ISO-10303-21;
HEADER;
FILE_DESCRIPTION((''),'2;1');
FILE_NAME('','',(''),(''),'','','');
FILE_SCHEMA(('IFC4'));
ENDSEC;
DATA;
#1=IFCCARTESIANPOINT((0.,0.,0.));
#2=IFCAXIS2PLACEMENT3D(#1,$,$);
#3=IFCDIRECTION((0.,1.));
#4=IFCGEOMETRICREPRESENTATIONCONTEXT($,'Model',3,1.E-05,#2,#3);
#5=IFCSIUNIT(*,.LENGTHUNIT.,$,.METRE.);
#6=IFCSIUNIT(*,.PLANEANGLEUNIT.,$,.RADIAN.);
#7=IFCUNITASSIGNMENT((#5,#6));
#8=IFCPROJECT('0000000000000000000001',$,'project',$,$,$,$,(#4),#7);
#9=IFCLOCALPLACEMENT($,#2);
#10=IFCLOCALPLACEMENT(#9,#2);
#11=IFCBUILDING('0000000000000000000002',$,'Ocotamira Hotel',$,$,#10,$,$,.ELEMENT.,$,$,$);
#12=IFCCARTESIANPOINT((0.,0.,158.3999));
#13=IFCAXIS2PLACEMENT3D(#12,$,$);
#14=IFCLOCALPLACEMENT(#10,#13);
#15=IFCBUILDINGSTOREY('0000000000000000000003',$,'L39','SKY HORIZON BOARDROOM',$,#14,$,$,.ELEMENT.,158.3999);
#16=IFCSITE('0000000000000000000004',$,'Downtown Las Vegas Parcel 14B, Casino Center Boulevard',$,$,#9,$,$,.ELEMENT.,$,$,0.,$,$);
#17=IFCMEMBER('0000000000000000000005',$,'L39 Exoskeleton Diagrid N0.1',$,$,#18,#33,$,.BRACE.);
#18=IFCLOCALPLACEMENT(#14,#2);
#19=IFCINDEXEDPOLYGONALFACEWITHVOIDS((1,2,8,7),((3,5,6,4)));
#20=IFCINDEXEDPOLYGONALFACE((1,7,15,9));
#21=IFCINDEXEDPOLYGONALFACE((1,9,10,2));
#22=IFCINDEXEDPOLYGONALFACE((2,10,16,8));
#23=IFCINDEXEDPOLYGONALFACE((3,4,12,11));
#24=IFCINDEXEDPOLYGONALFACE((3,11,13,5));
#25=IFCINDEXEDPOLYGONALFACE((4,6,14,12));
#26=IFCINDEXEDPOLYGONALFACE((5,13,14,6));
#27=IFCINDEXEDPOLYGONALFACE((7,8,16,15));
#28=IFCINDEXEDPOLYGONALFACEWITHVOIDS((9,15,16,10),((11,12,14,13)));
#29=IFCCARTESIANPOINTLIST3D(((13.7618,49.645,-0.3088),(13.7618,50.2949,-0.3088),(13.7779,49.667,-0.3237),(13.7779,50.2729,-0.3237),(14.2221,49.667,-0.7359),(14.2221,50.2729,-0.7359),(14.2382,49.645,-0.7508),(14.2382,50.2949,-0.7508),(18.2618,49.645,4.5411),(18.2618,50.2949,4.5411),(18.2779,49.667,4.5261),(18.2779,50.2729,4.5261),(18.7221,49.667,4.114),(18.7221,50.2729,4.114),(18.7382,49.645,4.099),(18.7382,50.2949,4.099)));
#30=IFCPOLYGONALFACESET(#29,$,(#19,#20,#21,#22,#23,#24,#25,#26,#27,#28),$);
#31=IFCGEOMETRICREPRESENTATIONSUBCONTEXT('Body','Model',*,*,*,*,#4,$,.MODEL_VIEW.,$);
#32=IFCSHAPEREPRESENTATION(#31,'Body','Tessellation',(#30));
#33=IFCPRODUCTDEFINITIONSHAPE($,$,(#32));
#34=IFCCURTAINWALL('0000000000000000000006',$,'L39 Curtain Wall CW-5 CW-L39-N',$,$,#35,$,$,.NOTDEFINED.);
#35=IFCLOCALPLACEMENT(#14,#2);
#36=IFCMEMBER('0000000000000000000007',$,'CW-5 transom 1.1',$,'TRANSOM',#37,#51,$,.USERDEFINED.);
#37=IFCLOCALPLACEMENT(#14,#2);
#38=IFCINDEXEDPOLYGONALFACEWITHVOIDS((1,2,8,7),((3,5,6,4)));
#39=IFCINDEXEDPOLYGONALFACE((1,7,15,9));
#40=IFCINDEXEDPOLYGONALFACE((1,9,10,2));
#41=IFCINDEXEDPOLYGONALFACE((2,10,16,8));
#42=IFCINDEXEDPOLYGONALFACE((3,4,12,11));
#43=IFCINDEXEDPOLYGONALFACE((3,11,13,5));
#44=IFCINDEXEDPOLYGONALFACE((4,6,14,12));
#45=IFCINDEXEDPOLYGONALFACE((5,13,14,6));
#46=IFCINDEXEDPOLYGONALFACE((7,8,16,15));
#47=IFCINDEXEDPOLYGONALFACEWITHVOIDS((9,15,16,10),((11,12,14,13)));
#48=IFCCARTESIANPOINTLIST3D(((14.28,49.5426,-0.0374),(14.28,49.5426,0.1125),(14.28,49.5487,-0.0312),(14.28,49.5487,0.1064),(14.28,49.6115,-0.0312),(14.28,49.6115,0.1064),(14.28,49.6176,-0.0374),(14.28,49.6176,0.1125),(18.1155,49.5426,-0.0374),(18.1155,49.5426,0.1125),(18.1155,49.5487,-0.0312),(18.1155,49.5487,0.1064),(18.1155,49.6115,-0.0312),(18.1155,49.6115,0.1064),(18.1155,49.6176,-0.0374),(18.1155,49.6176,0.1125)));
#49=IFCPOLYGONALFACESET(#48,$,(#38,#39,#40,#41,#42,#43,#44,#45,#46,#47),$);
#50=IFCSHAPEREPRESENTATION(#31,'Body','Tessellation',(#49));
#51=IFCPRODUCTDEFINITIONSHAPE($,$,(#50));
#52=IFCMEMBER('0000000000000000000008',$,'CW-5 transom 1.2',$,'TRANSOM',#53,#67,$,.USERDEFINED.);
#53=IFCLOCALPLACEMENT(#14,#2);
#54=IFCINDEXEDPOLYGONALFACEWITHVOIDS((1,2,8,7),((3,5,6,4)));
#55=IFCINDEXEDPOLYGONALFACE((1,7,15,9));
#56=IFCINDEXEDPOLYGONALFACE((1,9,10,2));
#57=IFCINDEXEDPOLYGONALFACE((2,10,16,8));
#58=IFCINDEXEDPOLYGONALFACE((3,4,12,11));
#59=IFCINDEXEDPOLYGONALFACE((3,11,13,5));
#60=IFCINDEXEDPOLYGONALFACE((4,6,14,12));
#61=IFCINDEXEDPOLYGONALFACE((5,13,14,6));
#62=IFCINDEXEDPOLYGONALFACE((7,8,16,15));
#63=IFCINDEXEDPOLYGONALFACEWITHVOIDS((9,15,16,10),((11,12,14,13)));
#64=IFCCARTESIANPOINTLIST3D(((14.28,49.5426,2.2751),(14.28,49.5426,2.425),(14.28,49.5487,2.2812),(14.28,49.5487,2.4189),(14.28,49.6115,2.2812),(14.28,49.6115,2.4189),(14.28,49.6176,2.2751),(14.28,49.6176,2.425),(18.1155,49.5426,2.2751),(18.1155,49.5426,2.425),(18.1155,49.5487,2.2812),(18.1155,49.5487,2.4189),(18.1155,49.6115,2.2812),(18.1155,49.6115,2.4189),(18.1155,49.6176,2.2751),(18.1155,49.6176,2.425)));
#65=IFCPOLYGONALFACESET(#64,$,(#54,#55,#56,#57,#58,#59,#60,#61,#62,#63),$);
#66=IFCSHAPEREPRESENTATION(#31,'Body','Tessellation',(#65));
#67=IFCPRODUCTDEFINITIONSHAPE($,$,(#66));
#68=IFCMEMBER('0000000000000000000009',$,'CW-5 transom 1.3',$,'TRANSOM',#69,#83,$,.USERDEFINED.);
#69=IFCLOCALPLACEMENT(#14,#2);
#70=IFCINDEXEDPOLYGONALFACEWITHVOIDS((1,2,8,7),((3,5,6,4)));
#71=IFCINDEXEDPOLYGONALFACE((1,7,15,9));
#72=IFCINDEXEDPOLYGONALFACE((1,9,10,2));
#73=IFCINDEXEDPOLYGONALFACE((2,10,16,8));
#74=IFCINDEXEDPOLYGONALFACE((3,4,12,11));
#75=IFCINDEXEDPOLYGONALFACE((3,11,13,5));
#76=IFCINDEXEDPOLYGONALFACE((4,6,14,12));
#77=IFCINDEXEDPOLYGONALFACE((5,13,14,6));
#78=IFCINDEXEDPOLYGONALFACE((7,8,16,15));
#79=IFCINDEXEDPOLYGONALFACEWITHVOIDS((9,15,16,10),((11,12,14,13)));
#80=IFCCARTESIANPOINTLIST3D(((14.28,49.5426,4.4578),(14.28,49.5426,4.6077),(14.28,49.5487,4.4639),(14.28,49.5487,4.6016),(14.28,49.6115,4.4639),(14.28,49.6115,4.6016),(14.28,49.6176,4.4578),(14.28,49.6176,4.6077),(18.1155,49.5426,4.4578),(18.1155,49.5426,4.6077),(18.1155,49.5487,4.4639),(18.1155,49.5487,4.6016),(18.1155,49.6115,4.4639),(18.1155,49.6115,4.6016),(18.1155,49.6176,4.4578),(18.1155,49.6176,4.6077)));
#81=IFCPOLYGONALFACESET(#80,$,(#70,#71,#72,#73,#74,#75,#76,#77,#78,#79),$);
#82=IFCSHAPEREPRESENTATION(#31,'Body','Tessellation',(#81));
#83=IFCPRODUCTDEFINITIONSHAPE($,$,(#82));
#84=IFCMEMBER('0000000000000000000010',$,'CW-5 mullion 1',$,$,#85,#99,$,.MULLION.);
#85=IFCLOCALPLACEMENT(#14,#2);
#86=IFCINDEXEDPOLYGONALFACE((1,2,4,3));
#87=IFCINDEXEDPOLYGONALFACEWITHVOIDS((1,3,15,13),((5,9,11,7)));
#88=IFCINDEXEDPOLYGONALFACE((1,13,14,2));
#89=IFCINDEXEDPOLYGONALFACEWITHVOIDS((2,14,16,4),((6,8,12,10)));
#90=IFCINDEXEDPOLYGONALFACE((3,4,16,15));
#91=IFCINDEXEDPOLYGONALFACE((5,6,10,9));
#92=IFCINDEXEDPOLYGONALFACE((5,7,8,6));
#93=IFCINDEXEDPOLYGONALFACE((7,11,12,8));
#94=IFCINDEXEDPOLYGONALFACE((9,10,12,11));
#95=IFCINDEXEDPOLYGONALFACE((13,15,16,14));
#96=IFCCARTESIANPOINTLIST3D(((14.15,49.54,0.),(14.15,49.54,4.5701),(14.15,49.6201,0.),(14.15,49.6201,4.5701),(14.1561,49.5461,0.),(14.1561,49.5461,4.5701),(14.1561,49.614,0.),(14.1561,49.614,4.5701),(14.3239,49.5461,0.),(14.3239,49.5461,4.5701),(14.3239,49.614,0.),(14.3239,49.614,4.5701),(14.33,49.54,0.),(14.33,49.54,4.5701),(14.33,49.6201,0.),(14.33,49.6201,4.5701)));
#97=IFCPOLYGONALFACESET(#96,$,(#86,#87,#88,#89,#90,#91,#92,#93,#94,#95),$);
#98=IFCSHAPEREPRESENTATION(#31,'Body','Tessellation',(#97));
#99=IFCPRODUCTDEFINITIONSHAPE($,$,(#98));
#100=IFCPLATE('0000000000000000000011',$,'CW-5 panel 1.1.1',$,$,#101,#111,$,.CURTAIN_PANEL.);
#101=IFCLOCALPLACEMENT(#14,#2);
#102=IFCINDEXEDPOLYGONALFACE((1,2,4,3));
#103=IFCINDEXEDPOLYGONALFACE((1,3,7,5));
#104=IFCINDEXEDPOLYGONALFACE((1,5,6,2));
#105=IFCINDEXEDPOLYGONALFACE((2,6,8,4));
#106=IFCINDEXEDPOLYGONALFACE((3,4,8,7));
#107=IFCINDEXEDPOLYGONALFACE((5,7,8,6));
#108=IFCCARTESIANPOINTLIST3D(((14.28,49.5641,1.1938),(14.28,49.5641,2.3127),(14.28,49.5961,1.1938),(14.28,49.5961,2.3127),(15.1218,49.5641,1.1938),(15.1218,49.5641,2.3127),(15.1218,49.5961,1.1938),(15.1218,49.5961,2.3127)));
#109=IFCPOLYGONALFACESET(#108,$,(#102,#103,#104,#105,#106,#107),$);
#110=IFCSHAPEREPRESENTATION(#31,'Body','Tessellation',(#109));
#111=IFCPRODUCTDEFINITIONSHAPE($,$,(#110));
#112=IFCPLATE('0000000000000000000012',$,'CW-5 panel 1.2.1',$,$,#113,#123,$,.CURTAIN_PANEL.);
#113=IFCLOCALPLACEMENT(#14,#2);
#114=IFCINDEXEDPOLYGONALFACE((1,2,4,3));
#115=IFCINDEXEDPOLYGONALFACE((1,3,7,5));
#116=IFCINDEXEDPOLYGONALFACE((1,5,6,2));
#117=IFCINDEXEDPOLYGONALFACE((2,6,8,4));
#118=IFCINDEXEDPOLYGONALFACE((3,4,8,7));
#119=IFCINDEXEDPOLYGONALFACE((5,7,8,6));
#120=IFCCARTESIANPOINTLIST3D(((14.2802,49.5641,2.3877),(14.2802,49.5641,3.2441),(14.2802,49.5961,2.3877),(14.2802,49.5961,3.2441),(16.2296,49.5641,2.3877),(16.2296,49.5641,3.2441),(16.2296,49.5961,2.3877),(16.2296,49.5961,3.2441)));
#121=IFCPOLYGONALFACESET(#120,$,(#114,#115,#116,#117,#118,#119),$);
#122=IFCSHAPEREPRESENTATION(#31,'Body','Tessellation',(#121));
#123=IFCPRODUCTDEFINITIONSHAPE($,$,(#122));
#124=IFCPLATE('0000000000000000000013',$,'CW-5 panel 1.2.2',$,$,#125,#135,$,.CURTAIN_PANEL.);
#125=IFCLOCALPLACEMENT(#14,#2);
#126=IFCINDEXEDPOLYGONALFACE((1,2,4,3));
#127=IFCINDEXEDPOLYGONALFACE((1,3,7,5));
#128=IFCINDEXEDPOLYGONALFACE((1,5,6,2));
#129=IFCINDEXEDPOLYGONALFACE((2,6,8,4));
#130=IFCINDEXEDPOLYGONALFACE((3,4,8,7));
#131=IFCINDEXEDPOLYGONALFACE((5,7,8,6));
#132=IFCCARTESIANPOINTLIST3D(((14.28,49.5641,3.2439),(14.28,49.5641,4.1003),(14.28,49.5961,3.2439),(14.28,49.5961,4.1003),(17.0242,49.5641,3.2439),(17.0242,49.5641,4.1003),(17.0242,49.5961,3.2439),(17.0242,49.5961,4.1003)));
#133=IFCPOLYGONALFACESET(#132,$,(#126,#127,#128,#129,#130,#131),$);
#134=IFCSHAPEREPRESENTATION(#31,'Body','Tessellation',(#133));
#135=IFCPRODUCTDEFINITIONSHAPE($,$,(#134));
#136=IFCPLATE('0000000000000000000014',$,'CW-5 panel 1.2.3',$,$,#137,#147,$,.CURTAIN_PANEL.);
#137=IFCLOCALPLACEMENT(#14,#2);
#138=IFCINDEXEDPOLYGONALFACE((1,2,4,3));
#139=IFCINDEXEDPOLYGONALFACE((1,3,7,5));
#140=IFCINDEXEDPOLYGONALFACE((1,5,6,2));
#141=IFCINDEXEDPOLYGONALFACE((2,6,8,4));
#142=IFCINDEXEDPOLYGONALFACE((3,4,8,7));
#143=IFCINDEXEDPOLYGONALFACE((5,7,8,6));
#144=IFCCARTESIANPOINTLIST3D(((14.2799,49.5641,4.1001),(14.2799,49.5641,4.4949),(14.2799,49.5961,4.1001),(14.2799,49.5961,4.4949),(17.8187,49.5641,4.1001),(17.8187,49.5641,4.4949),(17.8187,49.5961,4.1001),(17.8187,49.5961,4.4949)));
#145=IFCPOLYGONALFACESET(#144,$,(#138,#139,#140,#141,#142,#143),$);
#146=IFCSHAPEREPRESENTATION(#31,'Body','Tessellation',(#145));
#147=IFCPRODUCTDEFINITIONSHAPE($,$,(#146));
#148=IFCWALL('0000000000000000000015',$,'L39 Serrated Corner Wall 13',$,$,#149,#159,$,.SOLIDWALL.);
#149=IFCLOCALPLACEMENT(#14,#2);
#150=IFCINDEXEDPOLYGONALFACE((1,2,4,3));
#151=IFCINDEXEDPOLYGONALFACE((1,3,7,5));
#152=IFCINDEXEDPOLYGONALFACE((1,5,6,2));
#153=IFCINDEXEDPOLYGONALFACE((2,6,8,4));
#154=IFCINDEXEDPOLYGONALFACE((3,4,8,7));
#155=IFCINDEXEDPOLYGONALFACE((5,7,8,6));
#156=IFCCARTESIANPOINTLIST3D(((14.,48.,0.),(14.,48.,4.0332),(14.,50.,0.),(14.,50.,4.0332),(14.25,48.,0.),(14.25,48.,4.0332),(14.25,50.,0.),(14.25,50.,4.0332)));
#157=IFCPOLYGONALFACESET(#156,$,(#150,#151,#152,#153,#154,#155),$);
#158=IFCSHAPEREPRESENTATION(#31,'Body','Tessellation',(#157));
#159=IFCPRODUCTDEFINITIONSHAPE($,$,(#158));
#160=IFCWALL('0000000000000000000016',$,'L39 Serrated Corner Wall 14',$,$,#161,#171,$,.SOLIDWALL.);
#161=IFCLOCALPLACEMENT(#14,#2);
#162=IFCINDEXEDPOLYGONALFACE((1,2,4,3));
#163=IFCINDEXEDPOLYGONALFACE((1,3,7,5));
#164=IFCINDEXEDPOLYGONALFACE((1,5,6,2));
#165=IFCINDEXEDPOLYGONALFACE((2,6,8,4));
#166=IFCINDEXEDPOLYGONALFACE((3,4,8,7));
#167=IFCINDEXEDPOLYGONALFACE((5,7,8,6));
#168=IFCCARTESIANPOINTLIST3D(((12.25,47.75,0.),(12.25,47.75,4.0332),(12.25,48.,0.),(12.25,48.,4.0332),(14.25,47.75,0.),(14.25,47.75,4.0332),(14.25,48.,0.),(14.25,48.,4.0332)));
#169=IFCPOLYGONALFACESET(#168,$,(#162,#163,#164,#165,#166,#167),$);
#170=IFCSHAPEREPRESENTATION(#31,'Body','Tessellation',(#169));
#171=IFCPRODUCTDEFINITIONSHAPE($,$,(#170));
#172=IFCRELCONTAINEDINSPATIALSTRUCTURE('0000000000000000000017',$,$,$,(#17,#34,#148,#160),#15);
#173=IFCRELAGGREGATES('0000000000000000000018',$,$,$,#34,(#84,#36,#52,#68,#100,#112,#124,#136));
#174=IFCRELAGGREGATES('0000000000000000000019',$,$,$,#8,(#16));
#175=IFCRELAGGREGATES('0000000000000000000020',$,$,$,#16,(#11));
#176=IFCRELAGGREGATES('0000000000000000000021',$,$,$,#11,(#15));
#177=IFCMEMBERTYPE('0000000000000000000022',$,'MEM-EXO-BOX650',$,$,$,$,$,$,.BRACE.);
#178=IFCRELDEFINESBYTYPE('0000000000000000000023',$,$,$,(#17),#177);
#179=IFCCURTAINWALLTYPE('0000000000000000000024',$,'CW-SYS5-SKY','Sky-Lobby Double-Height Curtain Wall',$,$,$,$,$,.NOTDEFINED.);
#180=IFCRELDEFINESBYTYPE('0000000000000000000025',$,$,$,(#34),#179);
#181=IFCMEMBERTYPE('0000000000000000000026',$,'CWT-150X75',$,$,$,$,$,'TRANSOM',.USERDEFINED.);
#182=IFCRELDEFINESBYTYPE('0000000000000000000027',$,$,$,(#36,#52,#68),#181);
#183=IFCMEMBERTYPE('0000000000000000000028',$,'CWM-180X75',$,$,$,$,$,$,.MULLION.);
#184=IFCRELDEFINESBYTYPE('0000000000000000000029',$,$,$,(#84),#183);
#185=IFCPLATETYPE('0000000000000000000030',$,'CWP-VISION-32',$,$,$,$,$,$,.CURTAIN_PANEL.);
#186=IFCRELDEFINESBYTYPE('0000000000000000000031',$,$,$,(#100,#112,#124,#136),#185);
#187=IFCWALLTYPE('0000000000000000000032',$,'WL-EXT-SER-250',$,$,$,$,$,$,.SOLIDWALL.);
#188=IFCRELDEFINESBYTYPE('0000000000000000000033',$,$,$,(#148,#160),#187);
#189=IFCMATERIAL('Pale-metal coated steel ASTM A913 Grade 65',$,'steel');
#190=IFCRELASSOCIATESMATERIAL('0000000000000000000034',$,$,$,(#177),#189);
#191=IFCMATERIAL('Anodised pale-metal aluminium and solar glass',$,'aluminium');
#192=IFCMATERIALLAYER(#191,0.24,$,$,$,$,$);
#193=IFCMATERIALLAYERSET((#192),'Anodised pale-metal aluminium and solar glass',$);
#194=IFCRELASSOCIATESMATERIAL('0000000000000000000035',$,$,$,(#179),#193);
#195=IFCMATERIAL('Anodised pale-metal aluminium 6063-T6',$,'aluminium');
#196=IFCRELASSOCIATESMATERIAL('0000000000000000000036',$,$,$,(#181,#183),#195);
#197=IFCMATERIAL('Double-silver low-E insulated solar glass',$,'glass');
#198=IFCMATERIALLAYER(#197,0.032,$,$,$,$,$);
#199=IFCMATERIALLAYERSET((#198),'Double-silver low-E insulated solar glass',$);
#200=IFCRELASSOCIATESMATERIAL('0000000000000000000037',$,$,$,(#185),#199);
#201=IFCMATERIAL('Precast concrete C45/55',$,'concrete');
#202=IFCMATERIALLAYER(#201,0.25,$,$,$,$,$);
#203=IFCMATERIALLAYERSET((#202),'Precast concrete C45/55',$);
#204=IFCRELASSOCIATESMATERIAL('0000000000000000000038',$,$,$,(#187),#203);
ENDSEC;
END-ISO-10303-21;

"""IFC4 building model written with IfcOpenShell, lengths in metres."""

from ifc_helpers import new_model, si_unit, direction, frame, frame_2d, origin, origin_2d, place, context, subcontext, project, spatial, rectangle, hollow_rectangle, extrude, source, transform, mapped, material, layer, layer_set, material_profile, profile_set, type_object, element, aggregate, save


model = new_model("IFC4")

# Units and contexts
model_context = context("Model", 3, precision=1e-05, world=origin(), true_north=direction((0.0, 1.0)))
body_context = subcontext(model_context, "Body", "Model", "MODEL_VIEW")
ifc_project = project(units=[si_unit("LENGTHUNIT", "METRE"), si_unit("PLANEANGLEUNIT", "RADIAN")], contexts=[model_context])

# Site, building, storey
site_placement = place(None, origin())
site = spatial("IfcSite", under=ifc_project, at=site_placement, Name="Downtown Las Vegas Parcel 14B, Casino Center Boulevard", CompositionType="ELEMENT", RefElevation=0.0)
building_placement = place(site_placement, origin())
building = spatial("IfcBuilding", under=site, at=building_placement, Name="Ocotamira Hotel", CompositionType="ELEMENT")
storey_placement = place(building_placement, frame((0.0, 0.0, 158.3999)))
storey = spatial("IfcBuildingStorey", under=building, at=storey_placement, Name="L39", Description="SKY HORIZON BOARDROOM", CompositionType="ELEMENT", Elevation=158.3999)

# Member
ifc_material_1 = material(Name="Pale-metal coated steel ASTM A913 Grade 65", Category="steel")
ifc_material_profile_1 = material_profile(ifc_material_1, hollow_rectangle(XDim=0.6499, YDim=0.6499, WallThickness=0.022, at=origin_2d()), Name="BOX650X650X22")
ifc_profile_set_1 = profile_set([ifc_material_profile_1], Name="Pale-metal coated steel ASTM A913 Grade 65")
member_type_1 = type_object("IfcMemberType", Name="MEM-EXO-BOX650", PredefinedType="BRACE", material=ifc_profile_set_1)
shared_shape_1 = source(origin(), body_context, "Body", "SweptSolid", [
    extrude(hollow_rectangle(XDim=0.6499, YDim=0.6499, WallThickness=0.022, at=origin_2d()), origin(), (0.0, 0.0, 1.0), 6.616),
])
member_1_placement = place(storey_placement, frame((14.0, 49.97, -0.5298), z_axis=(0.680172, 0.0, 0.733052), x_axis=(0.0, 1.0, 0.0)))
element("IfcMember", 1, at=member_1_placement, inside=storey, type_object=member_type_1, Name="L39 Exoskeleton Diagrid N0.1", PredefinedType="BRACE", context=body_context, shape_type="MappedRepresentation", body=[
    mapped(shared_shape_1, transform((0.0, 0.0, 0.0), scale=1.0)),
])

# Curtain wall, members, plates
ifc_material_2 = material(Name="Anodised pale-metal aluminium and solar glass", Category="aluminium")
ifc_layer_1 = layer(ifc_material_2, 0.24)
ifc_layer_set_1 = layer_set([ifc_layer_1], Name="Anodised pale-metal aluminium and solar glass")
curtain_wall_type = type_object("IfcCurtainWallType", Name="CW-SYS5-SKY", Description="Sky-Lobby Double-Height Curtain Wall", PredefinedType="NOTDEFINED", material=ifc_layer_set_1)
curtain_wall_placement = place(storey_placement, origin())
curtain_wall = element("IfcCurtainWall", 2, at=curtain_wall_placement, inside=storey, type_object=curtain_wall_type, Name="L39 Curtain Wall CW-5 CW-L39-N", PredefinedType="NOTDEFINED")
ifc_material_3 = material(Name="Anodised pale-metal aluminium 6063-T6", Category="aluminium")
ifc_material_profile_2 = material_profile(ifc_material_3, hollow_rectangle(XDim=0.075, YDim=0.1499, WallThickness=0.0061, at=origin_2d()), Name="HSS150X75X6")
ifc_profile_set_2 = profile_set([ifc_material_profile_2], Name="Anodised pale-metal aluminium 6063-T6")
member_type_2 = type_object("IfcMemberType", Name="CWT-150X75", ElementType="TRANSOM", PredefinedType="USERDEFINED", material=ifc_profile_set_2)
shared_shape_2 = source(origin(), body_context, "Body", "SweptSolid", [
    extrude(hollow_rectangle(XDim=0.075, YDim=0.1499, WallThickness=0.0061, at=origin_2d()), origin(), (0.0, 0.0, 1.0), 3.8354),
])
member_2_placement = place(storey_placement, frame((14.28, 49.5801, 0.0376), z_axis=(1.0, 0.0, 0.0), x_axis=(0.0, 1.0, 0.0)))
member_2 = element("IfcMember", 3, at=member_2_placement, type_object=member_type_2, Name="CW-5 transom 1.1", ObjectType="TRANSOM", PredefinedType="USERDEFINED", context=body_context, shape_type="MappedRepresentation", body=[
    mapped(shared_shape_2, transform((0.0, 0.0, 0.0), scale=1.0)),
])
member_3_placement = place(storey_placement, frame((14.28, 49.5801, 2.3501), z_axis=(1.0, 0.0, 0.0), x_axis=(0.0, 1.0, 0.0)))
member_3 = element("IfcMember", 4, at=member_3_placement, type_object=member_type_2, Name="CW-5 transom 1.2", ObjectType="TRANSOM", PredefinedType="USERDEFINED", context=body_context, shape_type="MappedRepresentation", body=[
    mapped(shared_shape_2, transform((0.0, 0.0, 0.0), scale=1.0)),
])
member_4_placement = place(storey_placement, frame((14.28, 49.5801, 4.5327), z_axis=(1.0, 0.0, 0.0), x_axis=(0.0, 1.0, 0.0)))
member_4 = element("IfcMember", 5, at=member_4_placement, type_object=member_type_2, Name="CW-5 transom 1.3", ObjectType="TRANSOM", PredefinedType="USERDEFINED", context=body_context, shape_type="MappedRepresentation", body=[
    mapped(shared_shape_2, transform((0.0, 0.0, 0.0), scale=1.0)),
])
ifc_material_profile_3 = material_profile(ifc_material_3, hollow_rectangle(XDim=0.0801, YDim=0.1799, WallThickness=0.0061, at=origin_2d()), Name="HSS180X80X6")
ifc_profile_set_3 = profile_set([ifc_material_profile_3], Name="Anodised pale-metal aluminium 6063-T6")
member_type_3 = type_object("IfcMemberType", Name="CWM-180X75", PredefinedType="MULLION", material=ifc_profile_set_3)
shared_shape_3 = source(origin(), body_context, "Body", "SweptSolid", [
    extrude(hollow_rectangle(XDim=0.0801, YDim=0.1799, WallThickness=0.0061, at=origin_2d()), origin(), (0.0, 0.0, 1.0), 4.5701),
])
member_5_placement = place(storey_placement, frame((14.24, 49.5801, 0.0), z_axis=(0.0, 0.0, 1.0), x_axis=(0.0, 1.0, 0.0)))
member_5 = element("IfcMember", 6, at=member_5_placement, type_object=member_type_3, Name="CW-5 mullion 1", PredefinedType="MULLION", context=body_context, shape_type="MappedRepresentation", body=[
    mapped(shared_shape_3, transform((0.0, 0.0, 0.0), scale=1.0)),
])
ifc_material_4 = material(Name="Double-silver low-E insulated solar glass", Category="glass")
ifc_layer_2 = layer(ifc_material_4, 0.032)
ifc_layer_set_2 = layer_set([ifc_layer_2], Name="Double-silver low-E insulated solar glass")
plate_type = type_object("IfcPlateType", Name="CWP-VISION-32", PredefinedType="CURTAIN_PANEL", material=ifc_layer_set_2)
shared_shape_4 = source(origin(), body_context, "Body", "SweptSolid", [
    extrude(rectangle(XDim=0.8418, YDim=0.032, at=origin_2d()), origin(), (0.0, 0.0, 1.0), 1.1189),
])
plate_1_placement = place(storey_placement, frame((14.7009, 49.5801, 1.1938), z_axis=(0.0, 0.0, 1.0), x_axis=(1.0, 0.0, 0.0)))
plate_1 = element("IfcPlate", 7, at=plate_1_placement, type_object=plate_type, Name="CW-5 panel 1.1.1", PredefinedType="CURTAIN_PANEL", context=body_context, shape_type="MappedRepresentation", body=[
    mapped(shared_shape_4, transform((0.0, 0.0, 0.0), scale=1.0)),
])
shared_shape_5 = source(origin(), body_context, "Body", "SweptSolid", [
    extrude(rectangle(XDim=1.9495, YDim=0.032, at=origin_2d()), origin(), (0.0, 0.0, 1.0), 0.8564),
])
plate_2_placement = place(storey_placement, frame((15.2549, 49.5801, 2.3877), z_axis=(0.0, 0.0, 1.0), x_axis=(1.0, 0.0, 0.0)))
plate_2 = element("IfcPlate", 8, at=plate_2_placement, type_object=plate_type, Name="CW-5 panel 1.2.1", PredefinedType="CURTAIN_PANEL", context=body_context, shape_type="MappedRepresentation", body=[
    mapped(shared_shape_5, transform((0.0, 0.0, 0.0), scale=1.0)),
])
shared_shape_6 = source(origin(), body_context, "Body", "SweptSolid", [
    extrude(rectangle(XDim=2.7441, YDim=0.032, at=origin_2d()), origin(), (0.0, 0.0, 1.0), 0.8564),
])
plate_3_placement = place(storey_placement, frame((15.6521, 49.5801, 3.2439), z_axis=(0.0, 0.0, 1.0), x_axis=(1.0, 0.0, 0.0)))
plate_3 = element("IfcPlate", 9, at=plate_3_placement, type_object=plate_type, Name="CW-5 panel 1.2.2", PredefinedType="CURTAIN_PANEL", context=body_context, shape_type="MappedRepresentation", body=[
    mapped(shared_shape_6, transform((0.0, 0.0, 0.0), scale=1.0)),
])
shared_shape_7 = source(origin(), body_context, "Body", "SweptSolid", [
    extrude(rectangle(XDim=3.5388, YDim=0.032, at=origin_2d()), origin(), (0.0, 0.0, 1.0), 0.3948),
])
plate_4_placement = place(storey_placement, frame((16.0493, 49.5801, 4.1001), z_axis=(0.0, 0.0, 1.0), x_axis=(1.0, 0.0, 0.0)))
plate_4 = element("IfcPlate", 10, at=plate_4_placement, type_object=plate_type, Name="CW-5 panel 1.2.3", PredefinedType="CURTAIN_PANEL", context=body_context, shape_type="MappedRepresentation", body=[
    mapped(shared_shape_7, transform((0.0, 0.0, 0.0), scale=1.0)),
])
aggregate(curtain_wall, [member_5, member_2, member_3, member_4, plate_1, plate_2, plate_3, plate_4])

# Walls
ifc_material_5 = material(Name="Precast concrete C45/55", Category="concrete")
ifc_layer_3 = layer(ifc_material_5, 0.25)
ifc_layer_set_3 = layer_set([ifc_layer_3], Name="Precast concrete C45/55")
wall_type = type_object("IfcWallType", Name="WL-EXT-SER-250", PredefinedType="SOLIDWALL", material=ifc_layer_set_3)
for number, where, z_axis, x_axis, name in (
    (11, (14.125, 50.0, 0.0), (0.0, 0.0, 1.0), (0.0, -1.0, 0.0), "L39 Serrated Corner Wall 13"),
    (12, (14.25, 47.875, 0.0), (0.0, 0.0, 1.0), (-1.0, 0.0, 0.0), "L39 Serrated Corner Wall 14"),
):
    element("IfcWall", number, at=place(storey_placement, frame(where, z_axis=z_axis, x_axis=x_axis)), inside=storey, type_object=wall_type, Name=name, PredefinedType="SOLIDWALL", context=body_context, shape_type="SweptSolid", body=[
        extrude(rectangle(XDim=2.0, YDim=0.25, at=frame_2d((1.0, 0.0))), origin(), (0.0, 0.0, 1.0), 4.0332),
    ])

save(model, "model.ifc")
